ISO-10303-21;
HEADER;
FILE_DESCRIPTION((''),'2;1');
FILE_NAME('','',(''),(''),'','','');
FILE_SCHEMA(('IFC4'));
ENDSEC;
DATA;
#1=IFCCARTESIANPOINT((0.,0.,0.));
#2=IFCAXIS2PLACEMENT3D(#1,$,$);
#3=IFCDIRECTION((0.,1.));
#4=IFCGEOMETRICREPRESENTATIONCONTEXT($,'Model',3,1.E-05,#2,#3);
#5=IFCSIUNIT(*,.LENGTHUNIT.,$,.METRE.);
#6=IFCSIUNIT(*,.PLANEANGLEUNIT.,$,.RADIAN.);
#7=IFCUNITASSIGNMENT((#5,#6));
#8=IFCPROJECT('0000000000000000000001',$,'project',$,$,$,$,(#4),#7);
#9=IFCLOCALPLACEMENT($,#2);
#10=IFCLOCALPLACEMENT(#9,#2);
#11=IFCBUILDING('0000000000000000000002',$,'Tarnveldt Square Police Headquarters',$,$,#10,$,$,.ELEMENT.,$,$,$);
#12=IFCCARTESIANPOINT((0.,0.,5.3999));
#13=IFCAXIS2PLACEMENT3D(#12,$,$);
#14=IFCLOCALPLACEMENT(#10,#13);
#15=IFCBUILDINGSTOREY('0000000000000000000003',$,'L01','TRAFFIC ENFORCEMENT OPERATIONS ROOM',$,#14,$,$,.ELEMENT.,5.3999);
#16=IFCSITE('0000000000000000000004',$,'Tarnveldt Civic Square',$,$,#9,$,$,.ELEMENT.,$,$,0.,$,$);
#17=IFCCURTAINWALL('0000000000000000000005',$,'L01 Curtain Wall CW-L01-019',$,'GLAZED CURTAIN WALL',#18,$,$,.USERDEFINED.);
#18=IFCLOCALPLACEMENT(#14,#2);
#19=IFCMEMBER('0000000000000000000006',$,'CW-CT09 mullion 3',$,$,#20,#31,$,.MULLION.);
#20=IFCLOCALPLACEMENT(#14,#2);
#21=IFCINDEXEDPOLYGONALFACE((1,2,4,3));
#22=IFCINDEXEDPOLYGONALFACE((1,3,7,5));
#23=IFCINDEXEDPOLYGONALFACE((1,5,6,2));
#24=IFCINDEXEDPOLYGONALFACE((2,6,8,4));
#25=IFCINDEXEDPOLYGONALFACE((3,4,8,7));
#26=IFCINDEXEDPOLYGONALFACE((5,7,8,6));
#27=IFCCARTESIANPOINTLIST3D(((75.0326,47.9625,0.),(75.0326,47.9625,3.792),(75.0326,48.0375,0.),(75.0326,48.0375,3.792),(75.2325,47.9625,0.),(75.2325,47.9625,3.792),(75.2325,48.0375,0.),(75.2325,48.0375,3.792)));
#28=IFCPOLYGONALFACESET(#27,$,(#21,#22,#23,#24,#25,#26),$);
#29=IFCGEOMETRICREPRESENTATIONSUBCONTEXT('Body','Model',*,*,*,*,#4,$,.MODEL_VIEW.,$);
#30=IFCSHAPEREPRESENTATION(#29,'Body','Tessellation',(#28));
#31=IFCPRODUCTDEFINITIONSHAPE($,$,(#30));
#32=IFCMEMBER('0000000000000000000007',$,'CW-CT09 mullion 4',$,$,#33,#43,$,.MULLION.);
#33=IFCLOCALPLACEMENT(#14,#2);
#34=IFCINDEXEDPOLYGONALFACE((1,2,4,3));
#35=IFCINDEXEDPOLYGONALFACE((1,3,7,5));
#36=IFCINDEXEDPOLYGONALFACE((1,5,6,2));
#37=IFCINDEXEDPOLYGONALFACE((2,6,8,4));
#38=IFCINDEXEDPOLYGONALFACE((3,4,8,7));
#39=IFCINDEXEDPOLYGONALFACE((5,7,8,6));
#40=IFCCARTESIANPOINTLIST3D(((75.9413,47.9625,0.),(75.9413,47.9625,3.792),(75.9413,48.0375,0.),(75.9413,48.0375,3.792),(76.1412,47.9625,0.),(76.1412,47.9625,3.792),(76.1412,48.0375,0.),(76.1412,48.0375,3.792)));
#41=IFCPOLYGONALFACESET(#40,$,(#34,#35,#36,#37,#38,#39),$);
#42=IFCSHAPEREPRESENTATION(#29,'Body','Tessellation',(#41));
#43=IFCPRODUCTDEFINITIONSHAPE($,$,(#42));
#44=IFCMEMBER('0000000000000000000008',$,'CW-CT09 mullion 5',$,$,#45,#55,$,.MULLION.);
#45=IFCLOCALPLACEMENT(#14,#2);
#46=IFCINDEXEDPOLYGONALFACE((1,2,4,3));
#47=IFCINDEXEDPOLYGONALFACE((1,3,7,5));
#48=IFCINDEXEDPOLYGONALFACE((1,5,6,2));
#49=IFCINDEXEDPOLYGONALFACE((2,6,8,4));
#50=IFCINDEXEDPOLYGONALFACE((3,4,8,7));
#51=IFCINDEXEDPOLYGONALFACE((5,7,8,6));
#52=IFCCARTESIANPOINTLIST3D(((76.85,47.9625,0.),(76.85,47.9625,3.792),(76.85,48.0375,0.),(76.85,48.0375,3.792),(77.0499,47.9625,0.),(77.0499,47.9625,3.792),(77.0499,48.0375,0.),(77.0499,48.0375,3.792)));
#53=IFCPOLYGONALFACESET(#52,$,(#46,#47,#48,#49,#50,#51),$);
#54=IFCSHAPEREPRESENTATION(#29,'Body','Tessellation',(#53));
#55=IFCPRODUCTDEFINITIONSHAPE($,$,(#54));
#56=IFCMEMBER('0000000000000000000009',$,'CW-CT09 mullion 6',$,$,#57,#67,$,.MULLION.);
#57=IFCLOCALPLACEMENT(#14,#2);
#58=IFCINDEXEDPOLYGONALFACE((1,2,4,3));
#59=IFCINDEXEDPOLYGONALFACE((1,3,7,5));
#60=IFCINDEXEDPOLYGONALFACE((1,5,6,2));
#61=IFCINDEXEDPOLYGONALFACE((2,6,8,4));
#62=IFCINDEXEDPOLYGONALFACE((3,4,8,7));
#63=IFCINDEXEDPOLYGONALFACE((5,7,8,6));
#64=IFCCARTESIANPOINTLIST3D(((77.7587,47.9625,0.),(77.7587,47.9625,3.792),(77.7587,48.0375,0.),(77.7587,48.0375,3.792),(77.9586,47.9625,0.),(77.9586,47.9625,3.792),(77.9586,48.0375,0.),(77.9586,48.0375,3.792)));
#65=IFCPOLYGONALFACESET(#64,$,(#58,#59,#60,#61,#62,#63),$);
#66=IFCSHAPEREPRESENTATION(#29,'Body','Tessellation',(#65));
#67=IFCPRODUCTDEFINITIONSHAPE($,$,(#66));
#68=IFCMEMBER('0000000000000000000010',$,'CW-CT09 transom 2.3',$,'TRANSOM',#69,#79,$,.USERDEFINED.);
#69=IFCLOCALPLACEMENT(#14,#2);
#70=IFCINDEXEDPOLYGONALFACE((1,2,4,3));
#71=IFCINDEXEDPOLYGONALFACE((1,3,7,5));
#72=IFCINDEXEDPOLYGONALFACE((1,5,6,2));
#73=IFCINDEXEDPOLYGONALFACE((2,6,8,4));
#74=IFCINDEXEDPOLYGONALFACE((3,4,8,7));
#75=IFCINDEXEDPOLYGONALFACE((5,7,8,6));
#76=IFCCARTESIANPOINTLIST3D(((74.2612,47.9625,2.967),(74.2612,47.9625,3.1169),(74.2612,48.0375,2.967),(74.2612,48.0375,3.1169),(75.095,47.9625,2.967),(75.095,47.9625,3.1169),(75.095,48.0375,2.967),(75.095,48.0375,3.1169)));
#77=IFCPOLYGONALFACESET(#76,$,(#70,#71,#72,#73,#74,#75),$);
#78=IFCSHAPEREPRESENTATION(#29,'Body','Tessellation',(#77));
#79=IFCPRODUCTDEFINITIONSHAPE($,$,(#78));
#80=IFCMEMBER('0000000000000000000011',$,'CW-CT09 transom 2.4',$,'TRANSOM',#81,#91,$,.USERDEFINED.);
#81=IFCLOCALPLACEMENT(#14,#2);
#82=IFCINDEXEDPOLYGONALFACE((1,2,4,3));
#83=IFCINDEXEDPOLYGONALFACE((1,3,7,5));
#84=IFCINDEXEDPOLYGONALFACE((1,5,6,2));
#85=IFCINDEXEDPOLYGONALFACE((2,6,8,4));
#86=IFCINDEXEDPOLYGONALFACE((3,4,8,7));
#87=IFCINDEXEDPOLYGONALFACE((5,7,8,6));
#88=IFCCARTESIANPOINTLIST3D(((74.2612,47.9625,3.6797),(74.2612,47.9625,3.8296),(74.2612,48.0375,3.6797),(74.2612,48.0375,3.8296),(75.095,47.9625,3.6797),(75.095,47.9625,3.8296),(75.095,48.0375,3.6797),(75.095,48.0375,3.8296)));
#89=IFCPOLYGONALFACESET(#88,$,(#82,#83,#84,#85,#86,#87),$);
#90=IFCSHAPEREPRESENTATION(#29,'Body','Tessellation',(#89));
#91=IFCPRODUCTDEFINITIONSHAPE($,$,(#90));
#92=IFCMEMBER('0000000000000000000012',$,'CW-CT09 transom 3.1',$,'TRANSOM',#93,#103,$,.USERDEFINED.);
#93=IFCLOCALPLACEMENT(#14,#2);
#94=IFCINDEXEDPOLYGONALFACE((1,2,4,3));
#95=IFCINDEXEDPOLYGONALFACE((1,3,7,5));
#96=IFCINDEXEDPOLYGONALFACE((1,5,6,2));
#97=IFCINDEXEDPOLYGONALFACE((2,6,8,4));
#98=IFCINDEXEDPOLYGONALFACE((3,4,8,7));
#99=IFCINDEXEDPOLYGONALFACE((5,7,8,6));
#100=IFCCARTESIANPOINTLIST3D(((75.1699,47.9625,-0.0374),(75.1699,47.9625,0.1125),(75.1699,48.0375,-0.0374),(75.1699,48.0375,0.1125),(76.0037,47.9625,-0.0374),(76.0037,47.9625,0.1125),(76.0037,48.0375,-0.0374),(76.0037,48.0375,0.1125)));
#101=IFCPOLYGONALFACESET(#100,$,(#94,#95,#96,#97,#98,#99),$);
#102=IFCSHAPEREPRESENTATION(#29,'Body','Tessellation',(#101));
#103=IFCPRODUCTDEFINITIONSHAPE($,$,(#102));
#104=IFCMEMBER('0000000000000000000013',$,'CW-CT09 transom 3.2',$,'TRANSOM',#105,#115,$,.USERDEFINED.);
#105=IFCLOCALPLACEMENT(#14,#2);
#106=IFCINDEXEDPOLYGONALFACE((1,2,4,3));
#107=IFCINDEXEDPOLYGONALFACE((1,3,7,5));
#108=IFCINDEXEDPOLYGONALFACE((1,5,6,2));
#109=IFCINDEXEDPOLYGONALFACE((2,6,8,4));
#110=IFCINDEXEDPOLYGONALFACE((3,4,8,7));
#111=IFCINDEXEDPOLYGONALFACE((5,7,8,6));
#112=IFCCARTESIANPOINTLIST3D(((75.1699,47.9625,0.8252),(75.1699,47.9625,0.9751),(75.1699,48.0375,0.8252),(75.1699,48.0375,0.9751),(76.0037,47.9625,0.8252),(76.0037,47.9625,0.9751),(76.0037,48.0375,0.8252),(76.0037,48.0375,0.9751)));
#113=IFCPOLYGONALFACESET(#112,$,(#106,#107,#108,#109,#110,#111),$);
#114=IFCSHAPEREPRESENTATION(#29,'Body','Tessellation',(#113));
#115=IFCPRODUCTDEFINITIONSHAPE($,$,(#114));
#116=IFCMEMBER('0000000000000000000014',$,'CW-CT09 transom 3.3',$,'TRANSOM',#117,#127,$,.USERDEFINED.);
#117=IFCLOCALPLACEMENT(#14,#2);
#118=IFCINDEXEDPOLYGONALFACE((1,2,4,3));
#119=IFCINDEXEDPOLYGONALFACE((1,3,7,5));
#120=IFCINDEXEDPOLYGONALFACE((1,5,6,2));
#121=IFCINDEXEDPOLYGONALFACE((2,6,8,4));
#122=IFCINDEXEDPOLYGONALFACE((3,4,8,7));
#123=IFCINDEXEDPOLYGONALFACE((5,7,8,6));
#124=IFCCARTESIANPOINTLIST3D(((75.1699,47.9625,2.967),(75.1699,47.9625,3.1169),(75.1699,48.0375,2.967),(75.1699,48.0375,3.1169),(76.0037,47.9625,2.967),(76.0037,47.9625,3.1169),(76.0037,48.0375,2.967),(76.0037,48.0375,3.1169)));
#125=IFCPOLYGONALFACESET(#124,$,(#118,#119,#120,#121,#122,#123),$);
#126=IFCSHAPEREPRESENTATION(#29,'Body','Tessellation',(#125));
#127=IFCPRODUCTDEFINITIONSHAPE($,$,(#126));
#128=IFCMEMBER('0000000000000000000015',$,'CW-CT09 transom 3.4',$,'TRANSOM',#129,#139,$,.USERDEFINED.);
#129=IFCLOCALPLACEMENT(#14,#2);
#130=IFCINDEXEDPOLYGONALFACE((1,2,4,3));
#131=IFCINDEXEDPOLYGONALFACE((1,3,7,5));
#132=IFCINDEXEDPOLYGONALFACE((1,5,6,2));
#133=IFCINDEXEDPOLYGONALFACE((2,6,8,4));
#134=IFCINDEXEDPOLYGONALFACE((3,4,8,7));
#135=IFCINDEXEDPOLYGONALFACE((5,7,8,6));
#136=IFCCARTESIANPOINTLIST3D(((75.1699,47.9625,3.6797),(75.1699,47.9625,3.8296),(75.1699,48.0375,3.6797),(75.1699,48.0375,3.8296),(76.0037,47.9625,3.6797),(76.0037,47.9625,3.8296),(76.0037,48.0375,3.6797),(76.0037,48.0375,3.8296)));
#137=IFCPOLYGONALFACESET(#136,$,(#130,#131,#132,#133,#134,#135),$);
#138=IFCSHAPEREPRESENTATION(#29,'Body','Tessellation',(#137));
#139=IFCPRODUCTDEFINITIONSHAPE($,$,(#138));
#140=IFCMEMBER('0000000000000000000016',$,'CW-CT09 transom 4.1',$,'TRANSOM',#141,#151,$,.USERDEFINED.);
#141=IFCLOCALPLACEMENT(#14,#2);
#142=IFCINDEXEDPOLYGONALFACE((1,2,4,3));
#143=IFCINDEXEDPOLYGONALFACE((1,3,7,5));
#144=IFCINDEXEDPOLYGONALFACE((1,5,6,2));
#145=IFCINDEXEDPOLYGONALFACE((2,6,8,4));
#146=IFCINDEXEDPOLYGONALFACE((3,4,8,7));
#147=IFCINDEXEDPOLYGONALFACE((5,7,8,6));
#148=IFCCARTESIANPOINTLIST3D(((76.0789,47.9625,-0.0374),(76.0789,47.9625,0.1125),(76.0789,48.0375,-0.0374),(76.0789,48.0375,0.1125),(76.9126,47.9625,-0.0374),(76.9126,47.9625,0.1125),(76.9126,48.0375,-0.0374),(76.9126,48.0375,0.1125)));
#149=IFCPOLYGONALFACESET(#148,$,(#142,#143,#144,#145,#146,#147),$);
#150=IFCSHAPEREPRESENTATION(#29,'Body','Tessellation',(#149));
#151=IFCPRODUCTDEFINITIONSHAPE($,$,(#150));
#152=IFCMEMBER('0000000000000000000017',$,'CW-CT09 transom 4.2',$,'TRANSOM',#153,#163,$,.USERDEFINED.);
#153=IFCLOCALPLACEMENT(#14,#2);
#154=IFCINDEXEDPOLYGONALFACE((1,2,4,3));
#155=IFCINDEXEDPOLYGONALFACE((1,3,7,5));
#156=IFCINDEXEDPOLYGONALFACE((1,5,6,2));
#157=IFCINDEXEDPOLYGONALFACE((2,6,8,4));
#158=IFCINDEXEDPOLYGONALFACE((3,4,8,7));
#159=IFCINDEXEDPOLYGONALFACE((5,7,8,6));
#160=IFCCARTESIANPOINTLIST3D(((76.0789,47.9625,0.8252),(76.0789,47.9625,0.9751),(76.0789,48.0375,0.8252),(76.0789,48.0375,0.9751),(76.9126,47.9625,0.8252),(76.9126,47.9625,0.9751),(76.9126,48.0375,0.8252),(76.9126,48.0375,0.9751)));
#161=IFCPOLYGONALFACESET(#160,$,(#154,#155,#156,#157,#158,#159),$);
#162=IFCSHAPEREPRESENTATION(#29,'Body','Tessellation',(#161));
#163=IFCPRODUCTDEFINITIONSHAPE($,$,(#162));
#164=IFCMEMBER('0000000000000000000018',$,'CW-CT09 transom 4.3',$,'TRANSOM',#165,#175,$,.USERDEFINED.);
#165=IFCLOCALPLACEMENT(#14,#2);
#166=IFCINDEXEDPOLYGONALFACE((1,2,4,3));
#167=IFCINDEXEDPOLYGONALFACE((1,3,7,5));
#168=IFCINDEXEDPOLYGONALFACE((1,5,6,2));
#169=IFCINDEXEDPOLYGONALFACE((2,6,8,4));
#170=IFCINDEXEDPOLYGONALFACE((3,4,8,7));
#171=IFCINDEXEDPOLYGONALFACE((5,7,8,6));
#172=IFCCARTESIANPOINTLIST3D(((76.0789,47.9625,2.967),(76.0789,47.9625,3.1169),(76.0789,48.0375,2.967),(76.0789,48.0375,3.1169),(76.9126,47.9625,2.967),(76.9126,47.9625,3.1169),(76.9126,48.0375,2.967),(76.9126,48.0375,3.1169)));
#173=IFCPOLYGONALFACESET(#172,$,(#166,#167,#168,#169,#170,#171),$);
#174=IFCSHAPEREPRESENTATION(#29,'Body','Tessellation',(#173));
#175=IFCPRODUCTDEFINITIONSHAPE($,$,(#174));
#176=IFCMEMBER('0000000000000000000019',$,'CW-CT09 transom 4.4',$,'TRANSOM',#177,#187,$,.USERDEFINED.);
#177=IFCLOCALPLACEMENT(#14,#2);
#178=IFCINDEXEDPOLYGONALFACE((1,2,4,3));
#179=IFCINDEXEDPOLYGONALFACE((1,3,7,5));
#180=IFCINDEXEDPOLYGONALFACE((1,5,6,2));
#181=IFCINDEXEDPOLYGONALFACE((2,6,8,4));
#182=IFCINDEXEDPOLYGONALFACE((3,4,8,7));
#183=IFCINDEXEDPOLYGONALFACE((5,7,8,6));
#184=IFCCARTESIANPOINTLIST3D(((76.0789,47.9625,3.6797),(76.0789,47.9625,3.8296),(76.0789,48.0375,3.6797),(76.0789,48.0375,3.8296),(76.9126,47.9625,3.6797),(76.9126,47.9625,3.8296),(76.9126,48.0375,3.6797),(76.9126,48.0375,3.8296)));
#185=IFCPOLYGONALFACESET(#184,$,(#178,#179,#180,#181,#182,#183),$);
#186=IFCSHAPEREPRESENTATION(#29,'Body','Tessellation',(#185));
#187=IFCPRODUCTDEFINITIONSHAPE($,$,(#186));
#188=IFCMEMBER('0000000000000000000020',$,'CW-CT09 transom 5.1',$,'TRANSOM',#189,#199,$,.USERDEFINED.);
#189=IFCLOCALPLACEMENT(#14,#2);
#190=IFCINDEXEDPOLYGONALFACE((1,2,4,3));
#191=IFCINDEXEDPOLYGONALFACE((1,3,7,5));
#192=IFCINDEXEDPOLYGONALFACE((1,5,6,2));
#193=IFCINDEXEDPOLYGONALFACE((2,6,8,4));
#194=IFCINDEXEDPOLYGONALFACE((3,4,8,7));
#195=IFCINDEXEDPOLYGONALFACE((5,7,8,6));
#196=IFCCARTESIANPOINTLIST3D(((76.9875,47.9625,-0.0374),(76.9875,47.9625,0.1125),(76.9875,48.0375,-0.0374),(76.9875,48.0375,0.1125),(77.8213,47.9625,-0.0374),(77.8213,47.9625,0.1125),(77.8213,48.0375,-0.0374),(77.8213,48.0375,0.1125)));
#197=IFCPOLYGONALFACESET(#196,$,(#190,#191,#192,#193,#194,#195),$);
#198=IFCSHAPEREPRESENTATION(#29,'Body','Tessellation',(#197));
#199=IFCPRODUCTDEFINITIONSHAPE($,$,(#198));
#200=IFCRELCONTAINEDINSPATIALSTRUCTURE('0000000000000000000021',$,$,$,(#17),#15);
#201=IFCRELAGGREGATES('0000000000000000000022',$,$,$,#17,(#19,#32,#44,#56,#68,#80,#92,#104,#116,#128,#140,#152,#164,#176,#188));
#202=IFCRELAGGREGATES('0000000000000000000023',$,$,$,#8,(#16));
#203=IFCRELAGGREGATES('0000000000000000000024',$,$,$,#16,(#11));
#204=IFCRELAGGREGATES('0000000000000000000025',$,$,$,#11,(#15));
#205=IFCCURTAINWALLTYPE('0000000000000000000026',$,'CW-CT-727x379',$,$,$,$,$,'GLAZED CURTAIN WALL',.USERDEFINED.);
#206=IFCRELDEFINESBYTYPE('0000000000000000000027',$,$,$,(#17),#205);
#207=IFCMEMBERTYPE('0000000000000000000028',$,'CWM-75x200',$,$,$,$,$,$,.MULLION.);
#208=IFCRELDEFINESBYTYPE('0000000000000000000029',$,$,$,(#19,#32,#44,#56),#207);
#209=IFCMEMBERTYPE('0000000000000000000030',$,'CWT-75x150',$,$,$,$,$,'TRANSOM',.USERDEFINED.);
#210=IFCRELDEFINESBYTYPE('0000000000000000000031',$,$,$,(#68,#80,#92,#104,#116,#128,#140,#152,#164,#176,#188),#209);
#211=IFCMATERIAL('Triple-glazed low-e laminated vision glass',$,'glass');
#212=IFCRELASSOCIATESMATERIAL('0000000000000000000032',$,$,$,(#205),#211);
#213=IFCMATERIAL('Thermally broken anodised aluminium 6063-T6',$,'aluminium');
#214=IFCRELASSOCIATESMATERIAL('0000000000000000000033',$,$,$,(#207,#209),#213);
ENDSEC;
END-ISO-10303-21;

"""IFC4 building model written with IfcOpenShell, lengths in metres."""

from ifc_helpers import new_model, si_unit, direction, frame, origin, origin_2d, place, context, subcontext, project, spatial, rectangle, extrude, material, material_profile, profile_set, type_object, element, aggregate, save


model = new_model("IFC4")

# Units and contexts
model_context = context("Model", 3, precision=1e-05, world=origin(), true_north=direction((0.0, 1.0)))
body_context = subcontext(model_context, "Body", "Model", "MODEL_VIEW")
ifc_project = project(units=[si_unit("LENGTHUNIT", "METRE"), si_unit("PLANEANGLEUNIT", "RADIAN")], contexts=[model_context])

# Site, building, storey
site_placement = place(None, origin())
site = spatial("IfcSite", under=ifc_project, at=site_placement, Name="Tarnveldt Civic Square", CompositionType="ELEMENT", RefElevation=0.0)
building_placement = place(site_placement, origin())
building = spatial("IfcBuilding", under=site, at=building_placement, Name="Tarnveldt Square Police Headquarters", CompositionType="ELEMENT")
storey_placement = place(building_placement, frame((0.0, 0.0, 5.3999)))
storey = spatial("IfcBuildingStorey", under=building, at=storey_placement, Name="L01", Description="TRAFFIC ENFORCEMENT OPERATIONS ROOM", CompositionType="ELEMENT", Elevation=5.3999)

# Curtain wall, members
ifc_material_1 = material(Name="Triple-glazed low-e laminated vision glass", Category="glass")
curtain_wall_type = type_object("IfcCurtainWallType", Name="CW-CT-727x379", ElementType="GLAZED CURTAIN WALL", PredefinedType="USERDEFINED", material=ifc_material_1)
curtain_wall_placement = place(storey_placement, origin())
curtain_wall = element("IfcCurtainWall", 1, at=curtain_wall_placement, inside=storey, type_object=curtain_wall_type, Name="L01 Curtain Wall CW-L01-019", ObjectType="GLAZED CURTAIN WALL", PredefinedType="USERDEFINED")
ifc_material_2 = material(Name="Thermally broken anodised aluminium 6063-T6", Category="aluminium")
ifc_material_profile_1 = material_profile(ifc_material_2, rectangle(XDim=0.075, YDim=0.2, at=origin_2d()), Name="CW-M75x200")
ifc_profile_set_1 = profile_set([ifc_material_profile_1], Name="Thermally broken anodised aluminium 6063-T6")
member_type_1 = type_object("IfcMemberType", Name="CWM-75x200", PredefinedType="MULLION", material=ifc_profile_set_1)
member_1_placement = place(storey_placement, frame((75.1326, 48.0, 0.0), z_axis=(0.0, 0.0, 1.0), x_axis=(0.0, 1.0, 0.0)))
member_1 = element("IfcMember", 2, at=member_1_placement, type_object=member_type_1, Name="CW-CT09 mullion 3", PredefinedType="MULLION", context=body_context, shape_type="SweptSolid", body=[
    extrude(rectangle(XDim=0.075, YDim=0.2, at=origin_2d()), origin(), (0.0, 0.0, 1.0), 3.792),
])
member_2_placement = place(storey_placement, frame((76.0413, 48.0, 0.0), z_axis=(0.0, 0.0, 1.0), x_axis=(0.0, 1.0, 0.0)))
member_2 = element("IfcMember", 3, at=member_2_placement, type_object=member_type_1, Name="CW-CT09 mullion 4", PredefinedType="MULLION", context=body_context, shape_type="SweptSolid", body=[
    extrude(rectangle(XDim=0.075, YDim=0.2, at=origin_2d()), origin(), (0.0, 0.0, 1.0), 3.792),
])
member_3_placement = place(storey_placement, frame((76.95, 48.0, 0.0), z_axis=(0.0, 0.0, 1.0), x_axis=(0.0, 1.0, 0.0)))
member_3 = element("IfcMember", 4, at=member_3_placement, type_object=member_type_1, Name="CW-CT09 mullion 5", PredefinedType="MULLION", context=body_context, shape_type="SweptSolid", body=[
    extrude(rectangle(XDim=0.075, YDim=0.2, at=origin_2d()), origin(), (0.0, 0.0, 1.0), 3.792),
])
member_4_placement = place(storey_placement, frame((77.8586, 48.0, 0.0), z_axis=(0.0, 0.0, 1.0), x_axis=(0.0, 1.0, 0.0)))
member_4 = element("IfcMember", 5, at=member_4_placement, type_object=member_type_1, Name="CW-CT09 mullion 6", PredefinedType="MULLION", context=body_context, shape_type="SweptSolid", body=[
    extrude(rectangle(XDim=0.075, YDim=0.2, at=origin_2d()), origin(), (0.0, 0.0, 1.0), 3.792),
])
ifc_material_profile_2 = material_profile(ifc_material_2, rectangle(XDim=0.075, YDim=0.1499, at=origin_2d()), Name="CW-T75x150")
ifc_profile_set_2 = profile_set([ifc_material_profile_2], Name="Thermally broken anodised aluminium 6063-T6")
member_type_2 = type_object("IfcMemberType", Name="CWT-75x150", ElementType="TRANSOM", PredefinedType="USERDEFINED", material=ifc_profile_set_2)
member_5_placement = place(storey_placement, frame((74.2612, 48.0, 3.042), z_axis=(1.0, 0.0, 0.0), x_axis=(0.0, 1.0, 0.0)))
member_5 = element("IfcMember", 6, at=member_5_placement, type_object=member_type_2, Name="CW-CT09 transom 2.3", ObjectType="TRANSOM", PredefinedType="USERDEFINED", context=body_context, shape_type="SweptSolid", body=[
    extrude(rectangle(XDim=0.075, YDim=0.1499, at=origin_2d()), origin(), (0.0, 0.0, 1.0), 0.8337),
])
member_6_placement = place(storey_placement, frame((74.2612, 48.0, 3.7546), z_axis=(1.0, 0.0, 0.0), x_axis=(0.0, 1.0, 0.0)))
member_6 = element("IfcMember", 7, at=member_6_placement, type_object=member_type_2, Name="CW-CT09 transom 2.4", ObjectType="TRANSOM", PredefinedType="USERDEFINED", context=body_context, shape_type="SweptSolid", body=[
    extrude(rectangle(XDim=0.075, YDim=0.1499, at=origin_2d()), origin(), (0.0, 0.0, 1.0), 0.8337),
])
member_7_placement = place(storey_placement, frame((75.1699, 48.0, 0.0376), z_axis=(1.0, 0.0, 0.0), x_axis=(0.0, 1.0, 0.0)))
member_7 = element("IfcMember", 8, at=member_7_placement, type_object=member_type_2, Name="CW-CT09 transom 3.1", ObjectType="TRANSOM", PredefinedType="USERDEFINED", context=body_context, shape_type="SweptSolid", body=[
    extrude(rectangle(XDim=0.075, YDim=0.1499, at=origin_2d()), origin(), (0.0, 0.0, 1.0), 0.8337),
])
member_8_placement = place(storey_placement, frame((75.1699, 48.0, 0.9001), z_axis=(1.0, 0.0, 0.0), x_axis=(0.0, 1.0, 0.0)))
member_8 = element("IfcMember", 9, at=member_8_placement, type_object=member_type_2, Name="CW-CT09 transom 3.2", ObjectType="TRANSOM", PredefinedType="USERDEFINED", context=body_context, shape_type="SweptSolid", body=[
    extrude(rectangle(XDim=0.075, YDim=0.1499, at=origin_2d()), origin(), (0.0, 0.0, 1.0), 0.8337),
])
member_9_placement = place(storey_placement, frame((75.1699, 48.0, 3.042), z_axis=(1.0, 0.0, 0.0), x_axis=(0.0, 1.0, 0.0)))
member_9 = element("IfcMember", 10, at=member_9_placement, type_object=member_type_2, Name="CW-CT09 transom 3.3", ObjectType="TRANSOM", PredefinedType="USERDEFINED", context=body_context, shape_type="SweptSolid", body=[
    extrude(rectangle(XDim=0.075, YDim=0.1499, at=origin_2d()), origin(), (0.0, 0.0, 1.0), 0.8337),
])
member_10_placement = place(storey_placement, frame((75.1699, 48.0, 3.7546), z_axis=(1.0, 0.0, 0.0), x_axis=(0.0, 1.0, 0.0)))
member_10 = element("IfcMember", 11, at=member_10_placement, type_object=member_type_2, Name="CW-CT09 transom 3.4", ObjectType="TRANSOM", PredefinedType="USERDEFINED", context=body_context, shape_type="SweptSolid", body=[
    extrude(rectangle(XDim=0.075, YDim=0.1499, at=origin_2d()), origin(), (0.0, 0.0, 1.0), 0.8337),
])
member_11_placement = place(storey_placement, frame((76.0789, 48.0, 0.0376), z_axis=(1.0, 0.0, 0.0), x_axis=(0.0, 1.0, 0.0)))
member_11 = element("IfcMember", 12, at=member_11_placement, type_object=member_type_2, Name="CW-CT09 transom 4.1", ObjectType="TRANSOM", PredefinedType="USERDEFINED", context=body_context, shape_type="SweptSolid", body=[
    extrude(rectangle(XDim=0.075, YDim=0.1499, at=origin_2d()), origin(), (0.0, 0.0, 1.0), 0.8337),
])
member_12_placement = place(storey_placement, frame((76.0789, 48.0, 0.9001), z_axis=(1.0, 0.0, 0.0), x_axis=(0.0, 1.0, 0.0)))
member_12 = element("IfcMember", 13, at=member_12_placement, type_object=member_type_2, Name="CW-CT09 transom 4.2", ObjectType="TRANSOM", PredefinedType="USERDEFINED", context=body_context, shape_type="SweptSolid", body=[
    extrude(rectangle(XDim=0.075, YDim=0.1499, at=origin_2d()), origin(), (0.0, 0.0, 1.0), 0.8337),
])
member_13_placement = place(storey_placement, frame((76.0789, 48.0, 3.042), z_axis=(1.0, 0.0, 0.0), x_axis=(0.0, 1.0, 0.0)))
member_13 = element("IfcMember", 14, at=member_13_placement, type_object=member_type_2, Name="CW-CT09 transom 4.3", ObjectType="TRANSOM", PredefinedType="USERDEFINED", context=body_context, shape_type="SweptSolid", body=[
    extrude(rectangle(XDim=0.075, YDim=0.1499, at=origin_2d()), origin(), (0.0, 0.0, 1.0), 0.8337),
])
member_14_placement = place(storey_placement, frame((76.0789, 48.0, 3.7546), z_axis=(1.0, 0.0, 0.0), x_axis=(0.0, 1.0, 0.0)))
member_14 = element("IfcMember", 15, at=member_14_placement, type_object=member_type_2, Name="CW-CT09 transom 4.4", ObjectType="TRANSOM", PredefinedType="USERDEFINED", context=body_context, shape_type="SweptSolid", body=[
    extrude(rectangle(XDim=0.075, YDim=0.1499, at=origin_2d()), origin(), (0.0, 0.0, 1.0), 0.8337),
])
member_15_placement = place(storey_placement, frame((76.9875, 48.0, 0.0376), z_axis=(1.0, 0.0, 0.0), x_axis=(0.0, 1.0, 0.0)))
member_15 = element("IfcMember", 16, at=member_15_placement, type_object=member_type_2, Name="CW-CT09 transom 5.1", ObjectType="TRANSOM", PredefinedType="USERDEFINED", context=body_context, shape_type="SweptSolid", body=[
    extrude(rectangle(XDim=0.075, YDim=0.1499, at=origin_2d()), origin(), (0.0, 0.0, 1.0), 0.8337),
])
aggregate(curtain_wall, [member_1, member_2, member_3, member_4, member_5, member_6, member_7, member_8, member_9, member_10, member_11, member_12, member_13, member_14, member_15])

save(model, "model.ifc")
